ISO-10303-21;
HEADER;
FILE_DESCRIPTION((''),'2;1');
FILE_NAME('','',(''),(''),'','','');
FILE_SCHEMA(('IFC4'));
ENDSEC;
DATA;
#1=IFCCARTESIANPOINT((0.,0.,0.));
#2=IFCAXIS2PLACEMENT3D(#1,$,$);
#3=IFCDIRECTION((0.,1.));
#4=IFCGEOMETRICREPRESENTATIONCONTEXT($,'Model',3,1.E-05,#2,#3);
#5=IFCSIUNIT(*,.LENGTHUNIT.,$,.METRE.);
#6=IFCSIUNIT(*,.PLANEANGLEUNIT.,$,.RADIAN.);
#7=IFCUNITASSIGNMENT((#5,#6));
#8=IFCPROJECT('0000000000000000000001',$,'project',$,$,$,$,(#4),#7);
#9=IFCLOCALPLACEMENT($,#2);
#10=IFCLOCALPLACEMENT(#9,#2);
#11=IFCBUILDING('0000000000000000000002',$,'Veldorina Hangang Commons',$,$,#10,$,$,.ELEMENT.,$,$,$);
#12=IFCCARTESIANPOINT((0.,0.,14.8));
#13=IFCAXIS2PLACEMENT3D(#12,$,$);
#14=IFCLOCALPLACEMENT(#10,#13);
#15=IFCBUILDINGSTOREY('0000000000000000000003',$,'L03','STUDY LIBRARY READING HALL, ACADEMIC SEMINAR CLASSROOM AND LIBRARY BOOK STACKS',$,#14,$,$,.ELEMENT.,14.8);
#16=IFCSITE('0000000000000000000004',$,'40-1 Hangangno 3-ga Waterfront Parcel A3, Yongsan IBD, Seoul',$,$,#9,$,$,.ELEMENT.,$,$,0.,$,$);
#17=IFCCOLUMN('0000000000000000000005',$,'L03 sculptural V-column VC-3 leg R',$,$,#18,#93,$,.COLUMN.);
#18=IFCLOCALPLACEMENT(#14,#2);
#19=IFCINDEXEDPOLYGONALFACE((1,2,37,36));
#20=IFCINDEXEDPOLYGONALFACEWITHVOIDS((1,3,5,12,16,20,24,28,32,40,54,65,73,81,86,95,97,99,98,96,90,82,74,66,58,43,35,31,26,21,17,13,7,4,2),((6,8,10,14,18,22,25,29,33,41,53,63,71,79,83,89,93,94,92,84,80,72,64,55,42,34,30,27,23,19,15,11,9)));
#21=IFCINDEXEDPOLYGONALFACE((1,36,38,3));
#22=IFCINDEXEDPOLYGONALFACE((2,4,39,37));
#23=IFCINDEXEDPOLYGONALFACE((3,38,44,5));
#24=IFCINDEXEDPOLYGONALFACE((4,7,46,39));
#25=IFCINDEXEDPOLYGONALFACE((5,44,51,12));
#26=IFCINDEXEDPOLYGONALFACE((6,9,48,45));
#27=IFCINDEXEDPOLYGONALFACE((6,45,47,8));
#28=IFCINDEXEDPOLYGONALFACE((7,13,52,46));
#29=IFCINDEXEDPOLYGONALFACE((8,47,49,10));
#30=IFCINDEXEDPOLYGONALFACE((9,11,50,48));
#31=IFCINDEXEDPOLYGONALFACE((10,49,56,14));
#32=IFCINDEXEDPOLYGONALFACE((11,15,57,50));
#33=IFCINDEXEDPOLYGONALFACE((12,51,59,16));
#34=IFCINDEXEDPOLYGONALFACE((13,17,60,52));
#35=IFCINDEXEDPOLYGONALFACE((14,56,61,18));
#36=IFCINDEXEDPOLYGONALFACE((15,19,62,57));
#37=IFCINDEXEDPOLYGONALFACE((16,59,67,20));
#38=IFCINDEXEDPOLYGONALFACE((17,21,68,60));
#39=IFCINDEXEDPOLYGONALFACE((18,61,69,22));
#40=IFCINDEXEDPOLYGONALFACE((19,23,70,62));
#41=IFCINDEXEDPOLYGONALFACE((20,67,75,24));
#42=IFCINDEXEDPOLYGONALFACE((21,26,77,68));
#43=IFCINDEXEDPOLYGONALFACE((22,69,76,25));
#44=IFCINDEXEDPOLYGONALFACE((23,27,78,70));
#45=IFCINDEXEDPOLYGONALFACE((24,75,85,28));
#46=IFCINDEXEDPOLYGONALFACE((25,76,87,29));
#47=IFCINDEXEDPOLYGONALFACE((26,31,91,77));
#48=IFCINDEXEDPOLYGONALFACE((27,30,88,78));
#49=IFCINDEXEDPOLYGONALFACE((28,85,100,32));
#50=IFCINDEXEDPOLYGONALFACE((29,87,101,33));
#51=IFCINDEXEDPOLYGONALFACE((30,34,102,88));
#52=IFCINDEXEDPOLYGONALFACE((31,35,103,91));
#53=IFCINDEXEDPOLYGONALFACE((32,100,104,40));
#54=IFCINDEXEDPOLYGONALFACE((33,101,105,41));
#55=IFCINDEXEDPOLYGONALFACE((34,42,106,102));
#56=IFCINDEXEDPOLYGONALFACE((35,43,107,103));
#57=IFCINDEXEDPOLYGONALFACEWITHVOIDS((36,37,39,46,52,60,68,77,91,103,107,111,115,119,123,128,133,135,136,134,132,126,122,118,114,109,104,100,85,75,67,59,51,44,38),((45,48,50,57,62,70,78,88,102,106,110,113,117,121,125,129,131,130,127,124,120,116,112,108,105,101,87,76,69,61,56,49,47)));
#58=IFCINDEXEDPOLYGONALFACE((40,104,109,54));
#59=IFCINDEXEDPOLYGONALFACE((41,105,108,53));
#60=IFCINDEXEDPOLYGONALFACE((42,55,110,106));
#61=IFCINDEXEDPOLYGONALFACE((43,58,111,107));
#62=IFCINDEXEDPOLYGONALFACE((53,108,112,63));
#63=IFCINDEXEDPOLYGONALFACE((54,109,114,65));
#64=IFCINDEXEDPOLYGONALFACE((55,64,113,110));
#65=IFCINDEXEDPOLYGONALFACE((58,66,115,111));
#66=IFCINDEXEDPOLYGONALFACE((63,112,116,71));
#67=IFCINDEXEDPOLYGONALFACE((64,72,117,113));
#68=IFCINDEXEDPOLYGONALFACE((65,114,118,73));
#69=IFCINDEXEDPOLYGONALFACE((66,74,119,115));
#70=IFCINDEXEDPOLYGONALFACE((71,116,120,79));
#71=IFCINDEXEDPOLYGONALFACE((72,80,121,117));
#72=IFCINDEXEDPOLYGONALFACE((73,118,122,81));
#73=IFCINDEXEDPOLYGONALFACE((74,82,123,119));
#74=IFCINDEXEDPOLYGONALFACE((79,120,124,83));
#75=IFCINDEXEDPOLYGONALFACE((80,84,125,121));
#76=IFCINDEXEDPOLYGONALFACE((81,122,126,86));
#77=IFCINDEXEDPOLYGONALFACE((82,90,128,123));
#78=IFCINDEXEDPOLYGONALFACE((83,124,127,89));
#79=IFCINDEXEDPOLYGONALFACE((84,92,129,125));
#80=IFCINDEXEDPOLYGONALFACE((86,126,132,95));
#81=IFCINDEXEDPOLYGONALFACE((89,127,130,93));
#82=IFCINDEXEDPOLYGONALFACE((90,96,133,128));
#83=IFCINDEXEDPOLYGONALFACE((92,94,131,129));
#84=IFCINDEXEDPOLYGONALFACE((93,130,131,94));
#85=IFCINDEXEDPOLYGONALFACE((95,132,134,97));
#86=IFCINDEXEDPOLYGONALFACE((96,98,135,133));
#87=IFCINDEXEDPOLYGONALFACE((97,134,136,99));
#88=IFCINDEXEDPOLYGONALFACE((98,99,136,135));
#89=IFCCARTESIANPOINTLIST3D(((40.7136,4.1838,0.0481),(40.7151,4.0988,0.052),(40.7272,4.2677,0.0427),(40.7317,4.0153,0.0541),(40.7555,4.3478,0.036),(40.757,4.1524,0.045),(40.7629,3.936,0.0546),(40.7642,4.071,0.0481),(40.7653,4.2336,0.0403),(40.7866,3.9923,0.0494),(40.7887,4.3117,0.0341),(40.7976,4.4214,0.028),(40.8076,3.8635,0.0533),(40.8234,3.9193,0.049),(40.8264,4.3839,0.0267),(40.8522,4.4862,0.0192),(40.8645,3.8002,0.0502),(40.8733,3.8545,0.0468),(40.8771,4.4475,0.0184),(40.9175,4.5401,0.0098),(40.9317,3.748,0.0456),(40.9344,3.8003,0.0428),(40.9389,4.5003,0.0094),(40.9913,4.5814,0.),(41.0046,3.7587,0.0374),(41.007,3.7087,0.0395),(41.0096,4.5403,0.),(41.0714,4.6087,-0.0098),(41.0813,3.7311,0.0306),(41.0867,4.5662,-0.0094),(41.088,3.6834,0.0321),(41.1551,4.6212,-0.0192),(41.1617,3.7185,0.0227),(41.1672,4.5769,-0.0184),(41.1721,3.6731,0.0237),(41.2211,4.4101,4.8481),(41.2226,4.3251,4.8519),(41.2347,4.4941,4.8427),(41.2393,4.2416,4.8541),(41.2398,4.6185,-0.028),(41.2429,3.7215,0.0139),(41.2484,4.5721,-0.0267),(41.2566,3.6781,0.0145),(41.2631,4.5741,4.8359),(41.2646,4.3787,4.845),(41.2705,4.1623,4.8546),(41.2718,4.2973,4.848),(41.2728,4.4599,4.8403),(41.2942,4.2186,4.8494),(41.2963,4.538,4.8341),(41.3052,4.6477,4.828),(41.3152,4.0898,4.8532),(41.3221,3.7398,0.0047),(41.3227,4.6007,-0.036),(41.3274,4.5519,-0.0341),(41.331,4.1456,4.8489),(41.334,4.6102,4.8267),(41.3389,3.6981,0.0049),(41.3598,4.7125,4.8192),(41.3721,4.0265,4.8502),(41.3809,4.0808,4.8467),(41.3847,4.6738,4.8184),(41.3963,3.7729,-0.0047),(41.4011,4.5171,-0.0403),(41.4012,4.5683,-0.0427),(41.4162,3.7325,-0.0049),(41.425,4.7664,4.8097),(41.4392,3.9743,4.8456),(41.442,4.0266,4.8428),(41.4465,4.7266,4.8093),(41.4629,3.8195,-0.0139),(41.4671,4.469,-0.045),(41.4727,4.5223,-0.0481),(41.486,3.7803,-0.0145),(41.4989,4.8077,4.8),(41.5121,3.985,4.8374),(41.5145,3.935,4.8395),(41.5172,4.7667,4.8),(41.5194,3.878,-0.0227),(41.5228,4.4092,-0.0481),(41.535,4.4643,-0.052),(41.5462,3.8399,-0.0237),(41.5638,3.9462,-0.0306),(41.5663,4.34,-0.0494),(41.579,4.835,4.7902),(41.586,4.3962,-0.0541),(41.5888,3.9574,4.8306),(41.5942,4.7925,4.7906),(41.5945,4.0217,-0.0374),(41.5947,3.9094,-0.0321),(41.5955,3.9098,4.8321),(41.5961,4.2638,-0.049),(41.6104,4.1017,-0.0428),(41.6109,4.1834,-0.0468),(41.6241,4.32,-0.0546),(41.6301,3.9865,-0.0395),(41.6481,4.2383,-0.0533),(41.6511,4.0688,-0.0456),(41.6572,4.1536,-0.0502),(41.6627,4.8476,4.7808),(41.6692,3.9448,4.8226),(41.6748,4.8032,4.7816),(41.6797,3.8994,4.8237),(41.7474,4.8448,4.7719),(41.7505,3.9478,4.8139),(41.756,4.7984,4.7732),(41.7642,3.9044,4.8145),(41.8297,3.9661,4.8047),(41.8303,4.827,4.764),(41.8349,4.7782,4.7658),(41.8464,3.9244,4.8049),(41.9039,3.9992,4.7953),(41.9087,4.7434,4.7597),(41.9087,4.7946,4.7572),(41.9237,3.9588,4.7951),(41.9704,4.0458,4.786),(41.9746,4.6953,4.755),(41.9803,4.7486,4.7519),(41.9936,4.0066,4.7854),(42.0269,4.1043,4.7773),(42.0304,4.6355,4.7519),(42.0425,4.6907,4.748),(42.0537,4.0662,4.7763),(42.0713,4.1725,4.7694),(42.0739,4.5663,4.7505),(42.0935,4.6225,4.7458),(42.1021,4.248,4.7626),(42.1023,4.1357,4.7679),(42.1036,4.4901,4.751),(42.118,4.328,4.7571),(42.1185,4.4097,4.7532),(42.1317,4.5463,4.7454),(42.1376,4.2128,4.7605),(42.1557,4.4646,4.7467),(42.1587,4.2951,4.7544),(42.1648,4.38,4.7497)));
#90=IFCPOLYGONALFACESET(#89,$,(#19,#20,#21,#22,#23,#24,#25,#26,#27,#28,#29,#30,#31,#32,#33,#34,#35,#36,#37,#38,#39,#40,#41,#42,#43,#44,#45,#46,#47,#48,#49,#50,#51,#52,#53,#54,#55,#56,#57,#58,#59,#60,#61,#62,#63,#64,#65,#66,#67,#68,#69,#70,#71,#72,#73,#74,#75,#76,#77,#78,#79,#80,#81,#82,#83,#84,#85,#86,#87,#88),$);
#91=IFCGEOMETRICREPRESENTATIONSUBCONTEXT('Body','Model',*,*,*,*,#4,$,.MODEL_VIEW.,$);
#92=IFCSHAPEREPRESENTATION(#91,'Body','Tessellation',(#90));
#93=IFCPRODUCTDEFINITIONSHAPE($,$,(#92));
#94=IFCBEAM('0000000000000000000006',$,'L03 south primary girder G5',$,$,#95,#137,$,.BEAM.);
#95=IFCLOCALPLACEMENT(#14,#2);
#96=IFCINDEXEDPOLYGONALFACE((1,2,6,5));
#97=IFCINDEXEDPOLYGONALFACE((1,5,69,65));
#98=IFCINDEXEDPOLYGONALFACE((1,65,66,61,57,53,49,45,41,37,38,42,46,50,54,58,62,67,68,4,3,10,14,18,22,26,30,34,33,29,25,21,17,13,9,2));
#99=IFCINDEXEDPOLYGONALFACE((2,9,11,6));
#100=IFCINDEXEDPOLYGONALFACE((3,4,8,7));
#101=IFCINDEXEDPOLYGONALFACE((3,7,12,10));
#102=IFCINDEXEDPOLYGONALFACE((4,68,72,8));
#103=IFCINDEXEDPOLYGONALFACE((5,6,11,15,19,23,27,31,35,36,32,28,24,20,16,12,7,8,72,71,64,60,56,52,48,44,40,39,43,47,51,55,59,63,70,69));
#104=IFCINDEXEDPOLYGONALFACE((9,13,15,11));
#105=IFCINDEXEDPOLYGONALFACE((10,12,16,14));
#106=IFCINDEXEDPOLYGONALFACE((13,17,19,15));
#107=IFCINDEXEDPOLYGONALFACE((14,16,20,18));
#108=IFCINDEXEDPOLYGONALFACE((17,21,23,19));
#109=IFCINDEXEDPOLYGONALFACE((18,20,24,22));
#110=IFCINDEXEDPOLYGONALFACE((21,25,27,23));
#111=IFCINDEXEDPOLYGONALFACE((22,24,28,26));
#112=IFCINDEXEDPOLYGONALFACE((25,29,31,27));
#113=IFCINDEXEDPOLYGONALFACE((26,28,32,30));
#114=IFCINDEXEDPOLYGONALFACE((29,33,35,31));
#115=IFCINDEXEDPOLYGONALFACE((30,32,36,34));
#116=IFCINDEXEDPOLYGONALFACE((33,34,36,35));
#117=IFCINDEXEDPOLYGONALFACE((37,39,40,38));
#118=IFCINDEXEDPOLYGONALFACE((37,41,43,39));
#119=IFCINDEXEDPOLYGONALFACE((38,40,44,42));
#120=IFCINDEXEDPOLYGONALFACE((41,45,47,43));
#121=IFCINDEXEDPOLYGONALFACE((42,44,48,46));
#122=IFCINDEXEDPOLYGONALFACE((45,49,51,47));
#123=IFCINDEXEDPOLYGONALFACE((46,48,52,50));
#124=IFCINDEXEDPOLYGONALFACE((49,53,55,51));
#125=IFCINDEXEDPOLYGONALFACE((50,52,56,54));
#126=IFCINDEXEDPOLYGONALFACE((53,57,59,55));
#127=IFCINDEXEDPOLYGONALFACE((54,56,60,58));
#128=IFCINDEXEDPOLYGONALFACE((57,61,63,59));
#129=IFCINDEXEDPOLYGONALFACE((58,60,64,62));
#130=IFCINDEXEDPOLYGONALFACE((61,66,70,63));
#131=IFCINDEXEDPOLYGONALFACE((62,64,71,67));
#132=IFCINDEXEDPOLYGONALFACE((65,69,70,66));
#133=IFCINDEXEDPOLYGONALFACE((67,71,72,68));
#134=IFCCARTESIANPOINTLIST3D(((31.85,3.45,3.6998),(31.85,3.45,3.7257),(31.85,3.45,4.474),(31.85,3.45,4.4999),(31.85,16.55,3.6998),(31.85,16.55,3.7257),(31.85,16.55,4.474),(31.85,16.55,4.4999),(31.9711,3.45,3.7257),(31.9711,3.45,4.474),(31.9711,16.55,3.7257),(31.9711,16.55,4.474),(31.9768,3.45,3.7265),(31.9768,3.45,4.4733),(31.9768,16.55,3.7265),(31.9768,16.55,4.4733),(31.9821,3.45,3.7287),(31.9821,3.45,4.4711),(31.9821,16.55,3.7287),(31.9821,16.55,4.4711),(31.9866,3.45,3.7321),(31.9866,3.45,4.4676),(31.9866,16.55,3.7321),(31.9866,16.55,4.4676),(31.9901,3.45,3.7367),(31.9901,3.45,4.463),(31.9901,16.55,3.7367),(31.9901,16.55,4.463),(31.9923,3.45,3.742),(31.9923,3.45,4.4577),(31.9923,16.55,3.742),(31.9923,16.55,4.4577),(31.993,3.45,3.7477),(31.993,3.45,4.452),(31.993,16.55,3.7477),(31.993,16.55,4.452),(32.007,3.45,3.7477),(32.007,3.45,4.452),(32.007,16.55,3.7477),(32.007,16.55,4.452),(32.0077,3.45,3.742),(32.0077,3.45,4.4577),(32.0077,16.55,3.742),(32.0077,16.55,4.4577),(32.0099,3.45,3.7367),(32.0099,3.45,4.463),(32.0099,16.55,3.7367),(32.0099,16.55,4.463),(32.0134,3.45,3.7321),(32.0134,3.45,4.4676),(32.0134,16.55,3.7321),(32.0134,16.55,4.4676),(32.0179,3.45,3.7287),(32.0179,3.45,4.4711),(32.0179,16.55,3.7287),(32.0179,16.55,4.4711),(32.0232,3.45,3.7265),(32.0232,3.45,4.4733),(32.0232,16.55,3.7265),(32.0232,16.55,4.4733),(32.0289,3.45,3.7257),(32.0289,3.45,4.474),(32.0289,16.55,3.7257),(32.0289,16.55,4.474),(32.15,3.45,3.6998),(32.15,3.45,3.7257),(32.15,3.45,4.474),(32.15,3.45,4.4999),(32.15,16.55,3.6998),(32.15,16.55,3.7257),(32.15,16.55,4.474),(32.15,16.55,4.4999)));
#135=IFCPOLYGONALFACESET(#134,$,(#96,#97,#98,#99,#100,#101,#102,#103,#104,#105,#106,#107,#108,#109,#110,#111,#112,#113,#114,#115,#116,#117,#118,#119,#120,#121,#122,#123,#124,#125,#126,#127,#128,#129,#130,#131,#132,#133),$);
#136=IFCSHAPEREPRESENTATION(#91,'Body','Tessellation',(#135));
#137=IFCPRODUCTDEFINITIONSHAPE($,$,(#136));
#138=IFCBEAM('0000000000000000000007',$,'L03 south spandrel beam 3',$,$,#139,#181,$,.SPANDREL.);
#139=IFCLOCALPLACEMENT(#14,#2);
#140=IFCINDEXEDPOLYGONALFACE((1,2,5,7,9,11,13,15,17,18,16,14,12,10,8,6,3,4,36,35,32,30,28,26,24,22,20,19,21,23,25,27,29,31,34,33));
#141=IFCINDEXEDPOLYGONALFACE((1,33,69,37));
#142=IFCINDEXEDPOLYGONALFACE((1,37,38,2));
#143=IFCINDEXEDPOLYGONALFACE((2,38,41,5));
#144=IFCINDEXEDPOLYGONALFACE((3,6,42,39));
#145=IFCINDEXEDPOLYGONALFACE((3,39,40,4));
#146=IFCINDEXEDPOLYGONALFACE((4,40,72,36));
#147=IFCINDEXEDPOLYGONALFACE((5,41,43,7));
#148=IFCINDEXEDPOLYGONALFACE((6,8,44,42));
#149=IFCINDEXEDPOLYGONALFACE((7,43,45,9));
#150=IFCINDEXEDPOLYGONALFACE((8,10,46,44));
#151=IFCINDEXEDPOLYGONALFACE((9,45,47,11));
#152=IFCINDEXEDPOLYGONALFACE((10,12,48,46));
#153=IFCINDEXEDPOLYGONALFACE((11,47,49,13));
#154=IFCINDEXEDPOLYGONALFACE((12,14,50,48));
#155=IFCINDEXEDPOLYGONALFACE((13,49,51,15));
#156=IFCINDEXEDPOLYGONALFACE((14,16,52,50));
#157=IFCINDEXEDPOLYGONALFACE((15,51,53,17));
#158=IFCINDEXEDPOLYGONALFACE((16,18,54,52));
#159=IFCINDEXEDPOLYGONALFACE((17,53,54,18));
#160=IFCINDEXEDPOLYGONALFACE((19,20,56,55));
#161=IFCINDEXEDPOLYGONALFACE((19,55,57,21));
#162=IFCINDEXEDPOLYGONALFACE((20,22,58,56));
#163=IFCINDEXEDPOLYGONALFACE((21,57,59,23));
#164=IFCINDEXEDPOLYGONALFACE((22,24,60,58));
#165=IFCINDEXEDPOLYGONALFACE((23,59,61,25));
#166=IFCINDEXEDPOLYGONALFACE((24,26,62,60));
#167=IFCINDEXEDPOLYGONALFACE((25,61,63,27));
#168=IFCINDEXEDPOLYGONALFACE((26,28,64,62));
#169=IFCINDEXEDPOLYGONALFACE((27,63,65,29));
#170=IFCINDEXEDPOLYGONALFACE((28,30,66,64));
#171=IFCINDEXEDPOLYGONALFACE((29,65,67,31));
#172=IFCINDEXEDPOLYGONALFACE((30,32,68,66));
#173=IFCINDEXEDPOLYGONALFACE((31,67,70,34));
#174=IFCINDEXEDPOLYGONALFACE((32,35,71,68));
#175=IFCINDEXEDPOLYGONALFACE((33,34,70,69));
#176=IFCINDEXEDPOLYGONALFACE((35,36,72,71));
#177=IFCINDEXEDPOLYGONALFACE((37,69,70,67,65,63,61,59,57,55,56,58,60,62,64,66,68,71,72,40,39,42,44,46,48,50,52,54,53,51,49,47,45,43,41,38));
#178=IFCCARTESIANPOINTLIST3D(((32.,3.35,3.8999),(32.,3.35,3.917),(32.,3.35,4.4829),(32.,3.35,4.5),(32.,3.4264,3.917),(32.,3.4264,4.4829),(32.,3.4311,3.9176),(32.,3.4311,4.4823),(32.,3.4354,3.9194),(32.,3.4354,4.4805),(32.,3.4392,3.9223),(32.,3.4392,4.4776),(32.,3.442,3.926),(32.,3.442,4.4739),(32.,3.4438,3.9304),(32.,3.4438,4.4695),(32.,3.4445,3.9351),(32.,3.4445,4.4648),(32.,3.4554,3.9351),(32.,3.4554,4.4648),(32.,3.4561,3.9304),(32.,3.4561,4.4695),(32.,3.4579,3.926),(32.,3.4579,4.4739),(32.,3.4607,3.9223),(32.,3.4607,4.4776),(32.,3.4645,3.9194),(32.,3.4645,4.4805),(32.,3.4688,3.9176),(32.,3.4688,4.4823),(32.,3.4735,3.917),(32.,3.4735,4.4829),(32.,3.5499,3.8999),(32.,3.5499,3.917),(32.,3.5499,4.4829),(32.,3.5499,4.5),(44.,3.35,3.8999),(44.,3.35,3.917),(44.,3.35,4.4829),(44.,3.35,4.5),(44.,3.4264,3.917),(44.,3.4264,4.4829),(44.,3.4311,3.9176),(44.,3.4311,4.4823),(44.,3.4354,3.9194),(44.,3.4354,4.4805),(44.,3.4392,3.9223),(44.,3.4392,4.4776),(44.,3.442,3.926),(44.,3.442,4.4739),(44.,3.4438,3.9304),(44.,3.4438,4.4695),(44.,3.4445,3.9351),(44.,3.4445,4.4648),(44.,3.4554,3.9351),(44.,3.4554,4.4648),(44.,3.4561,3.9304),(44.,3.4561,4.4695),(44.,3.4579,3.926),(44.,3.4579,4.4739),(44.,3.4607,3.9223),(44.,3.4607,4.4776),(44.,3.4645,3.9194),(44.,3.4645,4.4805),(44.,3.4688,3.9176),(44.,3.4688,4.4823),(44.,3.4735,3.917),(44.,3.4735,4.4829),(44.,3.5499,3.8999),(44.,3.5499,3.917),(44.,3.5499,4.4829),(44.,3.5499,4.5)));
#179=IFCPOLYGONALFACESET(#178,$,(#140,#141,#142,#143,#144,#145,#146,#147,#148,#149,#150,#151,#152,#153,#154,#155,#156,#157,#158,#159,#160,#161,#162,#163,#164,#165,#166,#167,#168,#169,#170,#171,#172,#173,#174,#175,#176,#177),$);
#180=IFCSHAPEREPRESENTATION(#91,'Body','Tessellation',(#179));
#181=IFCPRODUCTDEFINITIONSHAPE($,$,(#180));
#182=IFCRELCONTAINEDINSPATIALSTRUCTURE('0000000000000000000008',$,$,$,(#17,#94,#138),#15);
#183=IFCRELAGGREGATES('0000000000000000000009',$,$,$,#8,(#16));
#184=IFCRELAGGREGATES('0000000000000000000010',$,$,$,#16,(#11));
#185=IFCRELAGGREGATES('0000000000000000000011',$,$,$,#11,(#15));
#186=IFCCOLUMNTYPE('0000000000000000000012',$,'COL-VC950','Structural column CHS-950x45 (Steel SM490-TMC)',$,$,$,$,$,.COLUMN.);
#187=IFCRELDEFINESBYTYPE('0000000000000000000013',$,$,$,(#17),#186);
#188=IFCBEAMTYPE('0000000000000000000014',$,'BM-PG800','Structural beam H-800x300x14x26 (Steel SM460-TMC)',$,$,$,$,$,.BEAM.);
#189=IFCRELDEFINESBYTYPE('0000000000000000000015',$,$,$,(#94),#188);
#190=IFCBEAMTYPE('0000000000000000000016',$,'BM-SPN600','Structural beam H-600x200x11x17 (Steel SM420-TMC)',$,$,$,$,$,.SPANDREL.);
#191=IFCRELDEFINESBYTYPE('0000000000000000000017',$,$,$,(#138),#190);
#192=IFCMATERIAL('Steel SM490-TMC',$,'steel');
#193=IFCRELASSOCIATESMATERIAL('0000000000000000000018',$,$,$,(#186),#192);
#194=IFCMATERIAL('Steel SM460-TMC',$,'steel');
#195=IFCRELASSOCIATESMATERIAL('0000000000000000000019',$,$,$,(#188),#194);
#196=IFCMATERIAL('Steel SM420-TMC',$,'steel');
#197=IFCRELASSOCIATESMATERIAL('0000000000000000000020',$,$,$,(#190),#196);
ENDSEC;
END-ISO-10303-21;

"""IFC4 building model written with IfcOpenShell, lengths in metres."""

from ifc_helpers import new_model, si_unit, direction, frame, origin, origin_2d, place, context, subcontext, project, spatial, hollow_circle, i_section, extrude, material, material_profile, profile_set, type_object, element, save


model = new_model("IFC4")

# Units and contexts
model_context = context("Model", 3, precision=1e-05, world=origin(), true_north=direction((0.0, 1.0)))
body_context = subcontext(model_context, "Body", "Model", "MODEL_VIEW")
ifc_project = project(units=[si_unit("LENGTHUNIT", "METRE"), si_unit("PLANEANGLEUNIT", "RADIAN")], contexts=[model_context])

# Site, building, storey
site_placement = place(None, origin())
site = spatial("IfcSite", under=ifc_project, at=site_placement, Name="40-1 Hangangno 3-ga Waterfront Parcel A3, Yongsan IBD, Seoul", CompositionType="ELEMENT", RefElevation=0.0)
building_placement = place(site_placement, origin())
building = spatial("IfcBuilding", under=site, at=building_placement, Name="Veldorina Hangang Commons", CompositionType="ELEMENT")
storey_placement = place(building_placement, frame((0.0, 0.0, 14.8)))
storey = spatial("IfcBuildingStorey", under=building, at=storey_placement, Name="L03", Description="STUDY LIBRARY READING HALL, ACADEMIC SEMINAR CLASSROOM AND LIBRARY BOOK STACKS", CompositionType="ELEMENT", Elevation=14.8)

# Column
ifc_material_1 = material(Name="Steel SM420-TMC", Category="steel")
ifc_material_2 = material(Name="Steel SM490-TMC", Category="steel")
ifc_material_profile_1 = material_profile(ifc_material_2, hollow_circle(Radius=0.4751, WallThickness=0.0449, at=origin_2d()), Name="CHS-950x45")
ifc_profile_set_1 = profile_set([ifc_material_profile_1], Name="Steel SM490-TMC")
column_type_1 = type_object("IfcColumnType", Name="COL-VC950", Description="Structural column CHS-950x45 (Steel SM490-TMC)", PredefinedType="COLUMN", material=ifc_profile_set_1)
for number, where, z_axis, x_axis, name in (
    (1, (41.1848, 4.1475, 0.0), (0.105041, 0.046836, 0.993364), (-0.407239, 0.913322, 0.0), "L03 sculptural V-column VC-3 leg R"),
):
    element("IfcColumn", number, at=place(storey_placement, frame(where, z_axis=z_axis, x_axis=x_axis)), inside=storey, type_object=column_type_1, Name=name, PredefinedType="COLUMN", context=body_context, shape_type="SweptSolid", body=[
        extrude(hollow_circle(Radius=0.4751, WallThickness=0.0449, at=origin_2d()), origin(), (0.0, 0.0, 1.0), 4.832),
    ])

# Beams
ifc_material_3 = material(Name="Steel SM460-TMC", Category="steel")
ifc_material_profile_2 = material_profile(ifc_material_3, i_section(OverallWidth=0.3, OverallDepth=0.8, WebThickness=0.0139, FlangeThickness=0.0259, FilletRadius=0.022, at=origin_2d()), Name="H-800x300x14x26")
ifc_profile_set_2 = profile_set([ifc_material_profile_2], Name="Steel SM460-TMC")
beam_type_1 = type_object("IfcBeamType", Name="BM-PG800", Description="Structural beam H-800x300x14x26 (Steel SM460-TMC)", PredefinedType="BEAM", material=ifc_profile_set_2)
beam_1_placement = place(storey_placement, frame((32.0, 3.45, 4.0999), z_axis=(0.0, 1.0, 0.0), x_axis=(-1.0, 0.0, 0.0)))
element("IfcBeam", 2, at=beam_1_placement, inside=storey, type_object=beam_type_1, Name="L03 south primary girder G5", PredefinedType="BEAM", context=body_context, shape_type="SweptSolid", body=[
    extrude(i_section(OverallWidth=0.3, OverallDepth=0.8, WebThickness=0.0139, FlangeThickness=0.0259, FilletRadius=0.022, at=origin_2d()), origin(), (0.0, 0.0, 1.0), 13.1001),
])
ifc_material_profile_3 = material_profile(ifc_material_1, i_section(OverallWidth=0.2, OverallDepth=0.6001, WebThickness=0.011, FlangeThickness=0.0171, FilletRadius=0.0181, at=origin_2d()), Name="H-600x200x11x17")
ifc_profile_set_3 = profile_set([ifc_material_profile_3], Name="Steel SM420-TMC")
beam_type_2 = type_object("IfcBeamType", Name="BM-SPN600", Description="Structural beam H-600x200x11x17 (Steel SM420-TMC)", PredefinedType="SPANDREL", material=ifc_profile_set_3)
beam_2_placement = place(storey_placement, frame((32.0, 3.45, 4.2), z_axis=(1.0, 0.0, 0.0), x_axis=(0.0, 1.0, 0.0)))
element("IfcBeam", 3, at=beam_2_placement, inside=storey, type_object=beam_type_2, Name="L03 south spandrel beam 3", PredefinedType="SPANDREL", context=body_context, shape_type="SweptSolid", body=[
    extrude(i_section(OverallWidth=0.2, OverallDepth=0.6001, WebThickness=0.011, FlangeThickness=0.0171, FilletRadius=0.0181, at=origin_2d()), origin(), (0.0, 0.0, 1.0), 12.0),
])

save(model, "model.ifc")
